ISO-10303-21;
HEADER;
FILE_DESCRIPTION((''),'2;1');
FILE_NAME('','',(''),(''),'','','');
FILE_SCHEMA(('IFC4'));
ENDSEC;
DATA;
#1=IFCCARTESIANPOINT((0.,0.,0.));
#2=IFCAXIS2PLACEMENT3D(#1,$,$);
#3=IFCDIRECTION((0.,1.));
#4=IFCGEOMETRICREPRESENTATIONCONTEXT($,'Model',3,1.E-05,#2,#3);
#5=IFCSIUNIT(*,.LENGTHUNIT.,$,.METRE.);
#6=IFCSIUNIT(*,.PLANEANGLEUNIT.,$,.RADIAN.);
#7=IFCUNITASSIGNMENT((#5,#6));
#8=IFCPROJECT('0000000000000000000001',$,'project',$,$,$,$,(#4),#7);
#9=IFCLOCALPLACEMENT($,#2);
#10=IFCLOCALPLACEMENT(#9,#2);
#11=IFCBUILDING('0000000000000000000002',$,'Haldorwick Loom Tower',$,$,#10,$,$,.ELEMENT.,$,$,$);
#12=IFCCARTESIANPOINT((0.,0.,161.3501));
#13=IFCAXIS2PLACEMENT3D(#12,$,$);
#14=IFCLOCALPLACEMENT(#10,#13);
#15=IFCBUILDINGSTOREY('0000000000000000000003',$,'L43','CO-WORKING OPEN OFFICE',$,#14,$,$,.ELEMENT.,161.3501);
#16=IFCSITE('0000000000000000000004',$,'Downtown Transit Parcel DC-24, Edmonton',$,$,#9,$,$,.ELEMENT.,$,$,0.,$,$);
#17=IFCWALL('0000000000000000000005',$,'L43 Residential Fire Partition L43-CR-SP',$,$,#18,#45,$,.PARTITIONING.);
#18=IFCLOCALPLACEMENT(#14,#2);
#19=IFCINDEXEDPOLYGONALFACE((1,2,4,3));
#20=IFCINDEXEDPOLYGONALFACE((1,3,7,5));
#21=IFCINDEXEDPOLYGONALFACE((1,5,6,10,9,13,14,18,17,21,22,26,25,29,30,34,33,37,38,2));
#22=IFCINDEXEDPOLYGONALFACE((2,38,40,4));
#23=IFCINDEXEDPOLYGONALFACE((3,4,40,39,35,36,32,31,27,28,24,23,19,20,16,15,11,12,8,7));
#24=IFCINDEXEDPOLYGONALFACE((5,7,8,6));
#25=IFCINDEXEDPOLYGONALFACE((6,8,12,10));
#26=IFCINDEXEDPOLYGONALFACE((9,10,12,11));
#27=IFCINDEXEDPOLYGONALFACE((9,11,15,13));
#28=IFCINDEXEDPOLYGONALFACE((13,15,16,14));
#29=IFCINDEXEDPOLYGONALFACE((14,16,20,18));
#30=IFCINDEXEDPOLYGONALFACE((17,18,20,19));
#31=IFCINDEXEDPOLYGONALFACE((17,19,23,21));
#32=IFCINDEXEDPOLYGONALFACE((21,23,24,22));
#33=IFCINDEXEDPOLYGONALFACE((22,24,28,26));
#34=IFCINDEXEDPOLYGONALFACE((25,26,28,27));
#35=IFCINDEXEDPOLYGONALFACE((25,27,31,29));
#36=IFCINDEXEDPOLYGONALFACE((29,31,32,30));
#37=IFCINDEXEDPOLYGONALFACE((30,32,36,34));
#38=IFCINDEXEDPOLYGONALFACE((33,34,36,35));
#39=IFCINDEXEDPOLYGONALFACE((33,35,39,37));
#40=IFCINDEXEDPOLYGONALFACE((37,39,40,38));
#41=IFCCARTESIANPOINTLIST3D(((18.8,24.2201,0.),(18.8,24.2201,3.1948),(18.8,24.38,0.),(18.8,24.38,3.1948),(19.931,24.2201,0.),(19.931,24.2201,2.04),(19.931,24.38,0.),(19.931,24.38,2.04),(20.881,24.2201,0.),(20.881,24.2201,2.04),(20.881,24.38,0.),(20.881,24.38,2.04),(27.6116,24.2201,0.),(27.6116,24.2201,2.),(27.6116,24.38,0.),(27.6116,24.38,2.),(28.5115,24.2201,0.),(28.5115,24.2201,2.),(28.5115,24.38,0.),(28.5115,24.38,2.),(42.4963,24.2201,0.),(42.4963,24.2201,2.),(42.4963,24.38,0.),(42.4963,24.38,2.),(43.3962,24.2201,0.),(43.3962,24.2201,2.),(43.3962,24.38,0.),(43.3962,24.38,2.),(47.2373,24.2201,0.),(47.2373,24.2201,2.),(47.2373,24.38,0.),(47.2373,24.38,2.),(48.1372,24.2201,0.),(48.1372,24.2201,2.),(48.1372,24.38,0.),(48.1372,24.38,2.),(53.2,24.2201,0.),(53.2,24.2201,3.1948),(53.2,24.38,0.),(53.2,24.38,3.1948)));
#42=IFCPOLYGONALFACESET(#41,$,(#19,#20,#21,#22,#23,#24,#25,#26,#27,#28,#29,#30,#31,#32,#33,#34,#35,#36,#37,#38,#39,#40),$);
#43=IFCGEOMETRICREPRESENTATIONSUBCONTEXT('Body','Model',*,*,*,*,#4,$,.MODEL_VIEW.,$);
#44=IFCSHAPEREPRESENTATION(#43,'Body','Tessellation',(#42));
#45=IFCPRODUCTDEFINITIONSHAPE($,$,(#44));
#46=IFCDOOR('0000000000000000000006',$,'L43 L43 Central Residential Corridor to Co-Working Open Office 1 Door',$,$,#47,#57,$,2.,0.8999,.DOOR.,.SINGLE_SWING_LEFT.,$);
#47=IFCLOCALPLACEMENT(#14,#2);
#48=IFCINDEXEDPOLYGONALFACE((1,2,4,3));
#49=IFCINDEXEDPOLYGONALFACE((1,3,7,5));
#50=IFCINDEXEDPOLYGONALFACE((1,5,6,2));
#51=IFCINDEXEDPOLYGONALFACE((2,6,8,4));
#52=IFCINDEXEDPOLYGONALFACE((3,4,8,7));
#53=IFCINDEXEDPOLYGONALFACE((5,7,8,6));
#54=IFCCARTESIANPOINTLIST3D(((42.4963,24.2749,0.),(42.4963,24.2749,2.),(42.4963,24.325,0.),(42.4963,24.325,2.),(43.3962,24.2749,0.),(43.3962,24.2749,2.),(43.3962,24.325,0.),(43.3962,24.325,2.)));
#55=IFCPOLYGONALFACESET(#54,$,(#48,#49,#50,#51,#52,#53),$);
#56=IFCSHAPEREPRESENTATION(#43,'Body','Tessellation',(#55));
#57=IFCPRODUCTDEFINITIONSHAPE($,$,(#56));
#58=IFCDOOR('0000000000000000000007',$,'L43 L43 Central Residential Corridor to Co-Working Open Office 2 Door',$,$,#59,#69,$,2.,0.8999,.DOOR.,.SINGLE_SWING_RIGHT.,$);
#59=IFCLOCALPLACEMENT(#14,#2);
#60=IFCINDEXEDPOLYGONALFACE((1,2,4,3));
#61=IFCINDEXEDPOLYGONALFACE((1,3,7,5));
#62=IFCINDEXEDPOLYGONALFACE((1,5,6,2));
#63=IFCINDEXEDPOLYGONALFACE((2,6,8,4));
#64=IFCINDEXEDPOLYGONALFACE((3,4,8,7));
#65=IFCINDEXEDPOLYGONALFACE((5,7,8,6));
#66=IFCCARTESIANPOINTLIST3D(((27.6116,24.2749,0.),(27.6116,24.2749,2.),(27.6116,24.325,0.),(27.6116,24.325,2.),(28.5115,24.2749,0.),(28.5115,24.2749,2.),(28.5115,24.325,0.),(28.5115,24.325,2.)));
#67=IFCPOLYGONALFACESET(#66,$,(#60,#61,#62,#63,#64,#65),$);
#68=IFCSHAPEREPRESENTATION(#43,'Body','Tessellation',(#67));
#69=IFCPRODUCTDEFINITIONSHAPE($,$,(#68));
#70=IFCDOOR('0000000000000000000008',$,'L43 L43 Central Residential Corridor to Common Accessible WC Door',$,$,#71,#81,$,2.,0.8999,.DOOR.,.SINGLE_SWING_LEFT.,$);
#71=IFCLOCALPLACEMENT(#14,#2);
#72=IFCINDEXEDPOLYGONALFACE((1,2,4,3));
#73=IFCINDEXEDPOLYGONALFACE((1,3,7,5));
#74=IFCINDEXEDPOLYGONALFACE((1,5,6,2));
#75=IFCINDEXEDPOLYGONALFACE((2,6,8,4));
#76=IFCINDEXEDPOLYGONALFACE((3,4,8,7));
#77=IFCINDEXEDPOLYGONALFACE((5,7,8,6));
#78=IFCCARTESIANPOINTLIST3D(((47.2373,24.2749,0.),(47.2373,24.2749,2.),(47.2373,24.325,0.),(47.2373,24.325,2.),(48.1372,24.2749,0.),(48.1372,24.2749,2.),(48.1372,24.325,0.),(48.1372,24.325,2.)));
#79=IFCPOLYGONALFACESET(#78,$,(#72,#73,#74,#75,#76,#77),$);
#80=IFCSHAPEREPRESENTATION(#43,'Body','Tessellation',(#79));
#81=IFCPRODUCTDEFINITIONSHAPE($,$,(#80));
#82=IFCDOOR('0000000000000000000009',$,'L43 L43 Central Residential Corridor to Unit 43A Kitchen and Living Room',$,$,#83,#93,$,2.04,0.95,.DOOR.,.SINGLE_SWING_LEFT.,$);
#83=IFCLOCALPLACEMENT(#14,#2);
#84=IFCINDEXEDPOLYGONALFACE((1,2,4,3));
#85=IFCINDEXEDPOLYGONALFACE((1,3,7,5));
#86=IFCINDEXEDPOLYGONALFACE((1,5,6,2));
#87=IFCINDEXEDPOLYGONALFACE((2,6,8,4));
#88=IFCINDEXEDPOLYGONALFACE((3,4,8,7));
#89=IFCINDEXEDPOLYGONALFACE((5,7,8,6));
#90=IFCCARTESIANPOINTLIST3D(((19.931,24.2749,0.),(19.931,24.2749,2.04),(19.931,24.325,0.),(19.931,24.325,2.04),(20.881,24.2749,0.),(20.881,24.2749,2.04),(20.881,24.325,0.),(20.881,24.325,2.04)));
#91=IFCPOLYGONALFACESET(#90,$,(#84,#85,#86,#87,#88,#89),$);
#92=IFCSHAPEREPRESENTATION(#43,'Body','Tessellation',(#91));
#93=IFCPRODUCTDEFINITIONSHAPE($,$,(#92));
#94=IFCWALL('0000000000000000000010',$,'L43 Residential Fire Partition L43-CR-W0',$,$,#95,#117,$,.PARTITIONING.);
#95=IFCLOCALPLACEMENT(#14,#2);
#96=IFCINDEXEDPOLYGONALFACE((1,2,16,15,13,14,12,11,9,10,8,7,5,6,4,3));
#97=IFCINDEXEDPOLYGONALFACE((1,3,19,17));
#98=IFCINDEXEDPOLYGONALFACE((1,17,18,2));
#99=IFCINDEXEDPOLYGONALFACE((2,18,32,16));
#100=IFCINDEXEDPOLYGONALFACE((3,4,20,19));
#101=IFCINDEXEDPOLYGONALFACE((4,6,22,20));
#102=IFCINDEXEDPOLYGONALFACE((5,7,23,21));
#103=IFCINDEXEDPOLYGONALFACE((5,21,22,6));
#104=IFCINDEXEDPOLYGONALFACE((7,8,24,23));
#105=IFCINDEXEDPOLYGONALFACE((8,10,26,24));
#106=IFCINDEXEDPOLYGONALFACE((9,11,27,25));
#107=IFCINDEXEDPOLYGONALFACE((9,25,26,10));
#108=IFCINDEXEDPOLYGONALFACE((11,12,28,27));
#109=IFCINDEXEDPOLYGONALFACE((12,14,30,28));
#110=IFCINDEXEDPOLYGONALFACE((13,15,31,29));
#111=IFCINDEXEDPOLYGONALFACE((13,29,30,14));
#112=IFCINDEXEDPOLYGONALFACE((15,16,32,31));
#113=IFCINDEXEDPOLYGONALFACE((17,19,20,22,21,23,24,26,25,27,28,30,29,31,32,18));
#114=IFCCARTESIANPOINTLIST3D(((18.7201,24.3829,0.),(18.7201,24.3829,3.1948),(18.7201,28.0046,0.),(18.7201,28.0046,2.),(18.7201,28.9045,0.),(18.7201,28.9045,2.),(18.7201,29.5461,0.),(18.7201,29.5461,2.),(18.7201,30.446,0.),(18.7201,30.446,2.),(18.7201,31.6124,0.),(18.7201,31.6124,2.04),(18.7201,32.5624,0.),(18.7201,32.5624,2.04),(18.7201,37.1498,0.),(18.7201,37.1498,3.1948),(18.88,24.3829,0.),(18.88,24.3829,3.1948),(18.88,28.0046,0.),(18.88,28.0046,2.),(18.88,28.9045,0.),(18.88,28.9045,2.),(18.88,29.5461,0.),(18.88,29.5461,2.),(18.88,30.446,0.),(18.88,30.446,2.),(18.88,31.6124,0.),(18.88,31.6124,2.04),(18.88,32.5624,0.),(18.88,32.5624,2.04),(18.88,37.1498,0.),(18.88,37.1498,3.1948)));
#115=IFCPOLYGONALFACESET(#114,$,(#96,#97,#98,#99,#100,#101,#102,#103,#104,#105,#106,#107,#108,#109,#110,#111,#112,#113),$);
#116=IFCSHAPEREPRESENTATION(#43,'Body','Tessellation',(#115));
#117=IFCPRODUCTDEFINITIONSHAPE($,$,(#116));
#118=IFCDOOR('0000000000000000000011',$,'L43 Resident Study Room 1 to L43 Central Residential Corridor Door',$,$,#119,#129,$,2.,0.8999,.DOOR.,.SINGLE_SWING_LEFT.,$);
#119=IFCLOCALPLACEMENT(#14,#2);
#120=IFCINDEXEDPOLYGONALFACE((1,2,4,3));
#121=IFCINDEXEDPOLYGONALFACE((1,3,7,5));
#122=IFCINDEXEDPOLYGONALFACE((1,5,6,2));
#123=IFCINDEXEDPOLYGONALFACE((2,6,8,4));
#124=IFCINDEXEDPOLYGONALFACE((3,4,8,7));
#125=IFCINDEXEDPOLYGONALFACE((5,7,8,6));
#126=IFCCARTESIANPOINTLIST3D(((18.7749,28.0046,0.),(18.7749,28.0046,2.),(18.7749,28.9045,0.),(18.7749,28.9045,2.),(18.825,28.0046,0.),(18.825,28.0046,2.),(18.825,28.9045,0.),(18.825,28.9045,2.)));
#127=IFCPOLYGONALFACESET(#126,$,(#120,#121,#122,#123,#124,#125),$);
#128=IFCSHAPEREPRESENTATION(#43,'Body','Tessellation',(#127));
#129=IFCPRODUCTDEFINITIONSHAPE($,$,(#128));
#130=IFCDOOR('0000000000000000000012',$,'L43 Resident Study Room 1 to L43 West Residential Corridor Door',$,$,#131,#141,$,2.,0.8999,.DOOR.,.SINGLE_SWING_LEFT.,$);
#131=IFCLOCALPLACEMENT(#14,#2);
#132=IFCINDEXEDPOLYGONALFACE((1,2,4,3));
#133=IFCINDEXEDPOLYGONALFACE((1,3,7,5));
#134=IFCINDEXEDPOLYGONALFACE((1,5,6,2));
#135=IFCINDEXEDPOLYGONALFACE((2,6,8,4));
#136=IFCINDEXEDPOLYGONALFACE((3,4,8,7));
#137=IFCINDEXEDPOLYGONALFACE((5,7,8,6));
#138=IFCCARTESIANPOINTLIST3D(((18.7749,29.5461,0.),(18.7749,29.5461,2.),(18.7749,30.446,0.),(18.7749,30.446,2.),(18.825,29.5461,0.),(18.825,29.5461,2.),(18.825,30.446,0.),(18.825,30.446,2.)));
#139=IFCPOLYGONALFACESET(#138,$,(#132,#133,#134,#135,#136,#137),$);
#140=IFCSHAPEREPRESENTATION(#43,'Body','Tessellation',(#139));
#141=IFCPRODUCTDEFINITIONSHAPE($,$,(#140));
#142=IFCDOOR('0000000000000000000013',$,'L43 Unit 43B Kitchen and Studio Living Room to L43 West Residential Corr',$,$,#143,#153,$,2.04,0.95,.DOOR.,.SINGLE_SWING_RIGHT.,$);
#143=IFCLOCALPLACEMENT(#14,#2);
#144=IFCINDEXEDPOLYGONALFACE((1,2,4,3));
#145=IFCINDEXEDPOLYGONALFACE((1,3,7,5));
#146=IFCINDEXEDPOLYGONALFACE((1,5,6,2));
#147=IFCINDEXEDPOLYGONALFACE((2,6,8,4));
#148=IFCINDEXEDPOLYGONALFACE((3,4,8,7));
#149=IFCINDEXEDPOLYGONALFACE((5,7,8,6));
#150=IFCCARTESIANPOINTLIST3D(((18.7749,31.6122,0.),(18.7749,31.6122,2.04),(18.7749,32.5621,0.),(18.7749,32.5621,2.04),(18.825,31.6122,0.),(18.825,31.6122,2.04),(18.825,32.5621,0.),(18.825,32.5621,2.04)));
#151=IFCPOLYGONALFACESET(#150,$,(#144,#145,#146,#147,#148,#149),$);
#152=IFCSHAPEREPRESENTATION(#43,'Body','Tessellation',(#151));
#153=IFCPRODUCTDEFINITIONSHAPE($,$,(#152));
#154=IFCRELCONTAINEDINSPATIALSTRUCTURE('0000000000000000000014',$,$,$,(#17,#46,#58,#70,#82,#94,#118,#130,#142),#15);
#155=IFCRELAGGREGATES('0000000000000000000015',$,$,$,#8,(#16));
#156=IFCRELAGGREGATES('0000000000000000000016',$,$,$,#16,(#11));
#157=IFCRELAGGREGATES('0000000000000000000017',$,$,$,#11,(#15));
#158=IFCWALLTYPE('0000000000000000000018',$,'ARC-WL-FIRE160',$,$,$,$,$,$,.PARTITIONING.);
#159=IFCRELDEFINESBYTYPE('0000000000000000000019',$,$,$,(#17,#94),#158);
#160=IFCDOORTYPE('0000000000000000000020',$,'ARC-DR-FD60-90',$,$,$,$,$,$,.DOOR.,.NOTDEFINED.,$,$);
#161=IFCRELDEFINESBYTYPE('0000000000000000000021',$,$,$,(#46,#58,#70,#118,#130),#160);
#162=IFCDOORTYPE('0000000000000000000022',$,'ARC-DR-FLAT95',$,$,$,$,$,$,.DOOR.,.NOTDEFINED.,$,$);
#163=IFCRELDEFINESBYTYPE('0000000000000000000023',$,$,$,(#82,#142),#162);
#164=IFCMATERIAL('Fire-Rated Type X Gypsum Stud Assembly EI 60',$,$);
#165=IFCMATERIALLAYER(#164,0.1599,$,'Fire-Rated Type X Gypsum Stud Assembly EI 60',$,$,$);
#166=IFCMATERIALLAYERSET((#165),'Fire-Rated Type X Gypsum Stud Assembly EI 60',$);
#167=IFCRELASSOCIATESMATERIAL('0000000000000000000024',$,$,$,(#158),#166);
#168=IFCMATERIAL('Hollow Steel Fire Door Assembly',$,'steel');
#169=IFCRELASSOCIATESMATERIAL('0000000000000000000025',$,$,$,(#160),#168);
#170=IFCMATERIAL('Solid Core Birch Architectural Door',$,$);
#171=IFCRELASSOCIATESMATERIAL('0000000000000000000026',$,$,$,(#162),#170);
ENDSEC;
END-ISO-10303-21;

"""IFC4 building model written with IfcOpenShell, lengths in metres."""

from ifc_helpers import new_model, si_unit, direction, frame, frame_2d, origin, place, context, subcontext, project, spatial, rectangle, extrude, material, layer, layer_set, type_object, element, fill, save


model = new_model("IFC4")

# Units and contexts
model_context = context("Model", 3, precision=1e-05, world=origin(), true_north=direction((0.0, 1.0)))
body_context = subcontext(model_context, "Body", "Model", "MODEL_VIEW")
ifc_project = project(units=[si_unit("LENGTHUNIT", "METRE"), si_unit("PLANEANGLEUNIT", "RADIAN")], contexts=[model_context])

# Site, building, storey
site_placement = place(None, origin())
site = spatial("IfcSite", under=ifc_project, at=site_placement, Name="Downtown Transit Parcel DC-24, Edmonton", CompositionType="ELEMENT", RefElevation=0.0)
building_placement = place(site_placement, origin())
building = spatial("IfcBuilding", under=site, at=building_placement, Name="Haldorwick Loom Tower", CompositionType="ELEMENT")
storey_placement = place(building_placement, frame((0.0, 0.0, 161.3501)))
storey = spatial("IfcBuildingStorey", under=building, at=storey_placement, Name="L43", Description="CO-WORKING OPEN OFFICE", CompositionType="ELEMENT", Elevation=161.3501)

# Walls, openings, doors
ifc_material_1 = material(Name="Fire-Rated Type X Gypsum Stud Assembly EI 60")
ifc_layer_1 = layer(ifc_material_1, 0.1599, Name="Fire-Rated Type X Gypsum Stud Assembly EI 60")
ifc_layer_set_1 = layer_set([ifc_layer_1], Name="Fire-Rated Type X Gypsum Stud Assembly EI 60")
wall_type_1 = type_object("IfcWallType", Name="ARC-WL-FIRE160", PredefinedType="PARTITIONING", material=ifc_layer_set_1)
wall_1_placement = place(storey_placement, frame((18.8, 24.3, 0.0), z_axis=(0.0, 0.0, 1.0), x_axis=(1.0, 0.0, 0.0)))
wall_1 = element("IfcWall", 1, at=wall_1_placement, inside=storey, type_object=wall_type_1, Name="L43 Residential Fire Partition L43-CR-SP", PredefinedType="PARTITIONING", context=body_context, shape_type="SweptSolid", body=[
    extrude(rectangle(XDim=34.3999, YDim=0.1599, at=frame_2d((17.2, 0.0))), origin(), (0.0, 0.0, 1.0), 3.1948),
])
opening_1_placement = place(wall_1_placement, frame((23.6963, 0.0, 0.0)))
opening_1 = element("IfcOpeningElement", 2, at=opening_1_placement, cuts=wall_1, PredefinedType="OPENING", context=body_context, shape_type="SweptSolid", body=[
    extrude(rectangle(XDim=0.8999, YDim=2.0, at=frame_2d((0.45, 1.0))), frame((0.0, 0.0898, 0.0), z_axis=(0.0, -1.0, 0.0), x_axis=(1.0, 0.0, 0.0)), (0.0, 0.0, 1.0), 0.1799),
])
opening_2_placement = place(wall_1_placement, frame((8.8115, 0.0, 0.0)))
opening_2 = element("IfcOpeningElement", 3, at=opening_2_placement, cuts=wall_1, PredefinedType="OPENING", context=body_context, shape_type="SweptSolid", body=[
    extrude(rectangle(XDim=0.8999, YDim=2.0, at=frame_2d((0.45, 1.0))), frame((0.0, 0.0898, 0.0), z_axis=(0.0, -1.0, 0.0), x_axis=(1.0, 0.0, 0.0)), (0.0, 0.0, 1.0), 0.1799),
])
opening_3_placement = place(wall_1_placement, frame((28.4373, 0.0, 0.0)))
opening_3 = element("IfcOpeningElement", 4, at=opening_3_placement, cuts=wall_1, PredefinedType="OPENING", context=body_context, shape_type="SweptSolid", body=[
    extrude(rectangle(XDim=0.8999, YDim=2.0, at=frame_2d((0.45, 1.0))), frame((0.0, 0.0898, 0.0), z_axis=(0.0, -1.0, 0.0), x_axis=(1.0, 0.0, 0.0)), (0.0, 0.0, 1.0), 0.1799),
])
opening_4_placement = place(wall_1_placement, frame((1.1309, 0.0, 0.0)))
opening_4 = element("IfcOpeningElement", 5, at=opening_4_placement, cuts=wall_1, PredefinedType="OPENING", context=body_context, shape_type="SweptSolid", body=[
    extrude(rectangle(XDim=0.95, YDim=2.04, at=frame_2d((0.4751, 1.02))), frame((0.0, 0.0898, 0.0), z_axis=(0.0, -1.0, 0.0), x_axis=(1.0, 0.0, 0.0)), (0.0, 0.0, 1.0), 0.1799),
])
ifc_material_2 = material(Name="Hollow Steel Fire Door Assembly", Category="steel")
door_type_1 = type_object("IfcDoorType", Name="ARC-DR-FD60-90", OperationType="NOTDEFINED", PredefinedType="DOOR", material=ifc_material_2)
door_1_placement = place(opening_1_placement, origin())
door_1 = element("IfcDoor", 6, at=door_1_placement, inside=storey, type_object=door_type_1, Name="L43 L43 Central Residential Corridor to Co-Working Open Office 1 Door", OperationType="SINGLE_SWING_LEFT", OverallHeight=2.0, OverallWidth=0.8999, PredefinedType="DOOR", context=body_context, shape_type="SweptSolid", body=[
    extrude(rectangle(XDim=0.8999, YDim=2.0, at=frame_2d((0.45, 1.0))), frame((0.0, 0.0249, 0.0), z_axis=(0.0, -1.0, 0.0), x_axis=(1.0, 0.0, 0.0)), (0.0, 0.0, 1.0), 0.05),
])
fill(opening_1, door_1)
door_2_placement = place(opening_2_placement, origin())
door_2 = element("IfcDoor", 7, at=door_2_placement, inside=storey, type_object=door_type_1, Name="L43 L43 Central Residential Corridor to Co-Working Open Office 2 Door", OperationType="SINGLE_SWING_RIGHT", OverallHeight=2.0, OverallWidth=0.8999, PredefinedType="DOOR", context=body_context, shape_type="SweptSolid", body=[
    extrude(rectangle(XDim=0.8999, YDim=2.0, at=frame_2d((0.45, 1.0))), frame((0.0, 0.0249, 0.0), z_axis=(0.0, -1.0, 0.0), x_axis=(1.0, 0.0, 0.0)), (0.0, 0.0, 1.0), 0.05),
])
fill(opening_2, door_2)
door_3_placement = place(opening_3_placement, origin())
door_3 = element("IfcDoor", 8, at=door_3_placement, inside=storey, type_object=door_type_1, Name="L43 L43 Central Residential Corridor to Common Accessible WC Door", OperationType="SINGLE_SWING_LEFT", OverallHeight=2.0, OverallWidth=0.8999, PredefinedType="DOOR", context=body_context, shape_type="SweptSolid", body=[
    extrude(rectangle(XDim=0.8999, YDim=2.0, at=frame_2d((0.45, 1.0))), frame((0.0, 0.0249, 0.0), z_axis=(0.0, -1.0, 0.0), x_axis=(1.0, 0.0, 0.0)), (0.0, 0.0, 1.0), 0.05),
])
fill(opening_3, door_3)
ifc_material_3 = material(Name="Solid Core Birch Architectural Door")
door_type_2 = type_object("IfcDoorType", Name="ARC-DR-FLAT95", OperationType="NOTDEFINED", PredefinedType="DOOR", material=ifc_material_3)
door_4_placement = place(opening_4_placement, origin())
door_4 = element("IfcDoor", 9, at=door_4_placement, inside=storey, type_object=door_type_2, Name="L43 L43 Central Residential Corridor to Unit 43A Kitchen and Living Room", OperationType="SINGLE_SWING_LEFT", OverallHeight=2.04, OverallWidth=0.95, PredefinedType="DOOR", context=body_context, shape_type="SweptSolid", body=[
    extrude(rectangle(XDim=0.95, YDim=2.04, at=frame_2d((0.4751, 1.02))), frame((0.0, 0.0249, 0.0), z_axis=(0.0, -1.0, 0.0), x_axis=(1.0, 0.0, 0.0)), (0.0, 0.0, 1.0), 0.05),
])
fill(opening_4, door_4)
wall_2_placement = place(storey_placement, frame((18.8, 24.3831, 0.0), z_axis=(0.0, 0.0, 1.0), x_axis=(0.0, 1.0, 0.0)))
wall_2 = element("IfcWall", 10, at=wall_2_placement, inside=storey, type_object=wall_type_1, Name="L43 Residential Fire Partition L43-CR-W0", PredefinedType="PARTITIONING", context=body_context, shape_type="SweptSolid", body=[
    extrude(rectangle(XDim=12.7668, YDim=0.1599, at=frame_2d((6.3833, 0.0))), origin(), (0.0, 0.0, 1.0), 3.1948),
])
opening_5_placement = place(wall_2_placement, frame((3.6216, 0.0, 0.0)))
opening_5 = element("IfcOpeningElement", 11, at=opening_5_placement, cuts=wall_2, PredefinedType="OPENING", context=body_context, shape_type="SweptSolid", body=[
    extrude(rectangle(XDim=0.8999, YDim=2.0, at=frame_2d((0.45, 1.0))), frame((0.0, 0.0898, 0.0), z_axis=(0.0, -1.0, 0.0), x_axis=(1.0, 0.0, 0.0)), (0.0, 0.0, 1.0), 0.1799),
])
opening_6_placement = place(wall_2_placement, frame((7.2292, 0.0, 0.0)))
opening_6 = element("IfcOpeningElement", 12, at=opening_6_placement, cuts=wall_2, PredefinedType="OPENING", context=body_context, shape_type="SweptSolid", body=[
    extrude(rectangle(XDim=0.95, YDim=2.04, at=frame_2d((0.4751, 1.02))), frame((0.0, 0.0898, 0.0), z_axis=(0.0, -1.0, 0.0), x_axis=(1.0, 0.0, 0.0)), (0.0, 0.0, 1.0), 0.1799),
])
opening_7_placement = place(wall_2_placement, frame((5.1631, 0.0, 0.0)))
opening_7 = element("IfcOpeningElement", 13, at=opening_7_placement, cuts=wall_2, PredefinedType="OPENING", context=body_context, shape_type="SweptSolid", body=[
    extrude(rectangle(XDim=0.8999, YDim=2.0, at=frame_2d((0.45, 1.0))), frame((0.0, 0.0898, 0.0), z_axis=(0.0, -1.0, 0.0), x_axis=(1.0, 0.0, 0.0)), (0.0, 0.0, 1.0), 0.1799),
])
door_5_placement = place(opening_5_placement, frame((0.8999, 0.0, 0.0), z_axis=(0.0, 0.0, 1.0), x_axis=(-1.0, 0.0, 0.0)))
door_5 = element("IfcDoor", 14, at=door_5_placement, inside=storey, type_object=door_type_1, Name="L43 Resident Study Room 1 to L43 Central Residential Corridor Door", OperationType="SINGLE_SWING_LEFT", OverallHeight=2.0, OverallWidth=0.8999, PredefinedType="DOOR", context=body_context, shape_type="SweptSolid", body=[
    extrude(rectangle(XDim=0.8999, YDim=2.0, at=frame_2d((0.45, 1.0))), frame((0.0, 0.0249, 0.0), z_axis=(0.0, -1.0, 0.0), x_axis=(1.0, 0.0, 0.0)), (0.0, 0.0, 1.0), 0.05),
])
fill(opening_5, door_5)
door_6_placement = place(opening_7_placement, frame((0.8999, 0.0, 0.0), z_axis=(0.0, 0.0, 1.0), x_axis=(-1.0, 0.0, 0.0)))
door_6 = element("IfcDoor", 15, at=door_6_placement, inside=storey, type_object=door_type_1, Name="L43 Resident Study Room 1 to L43 West Residential Corridor Door", OperationType="SINGLE_SWING_LEFT", OverallHeight=2.0, OverallWidth=0.8999, PredefinedType="DOOR", context=body_context, shape_type="SweptSolid", body=[
    extrude(rectangle(XDim=0.8999, YDim=2.0, at=frame_2d((0.45, 1.0))), frame((0.0, 0.0249, 0.0), z_axis=(0.0, -1.0, 0.0), x_axis=(1.0, 0.0, 0.0)), (0.0, 0.0, 1.0), 0.05),
])
fill(opening_7, door_6)
door_7_placement = place(opening_6_placement, frame((0.95, 0.0, 0.0), z_axis=(0.0, 0.0, 1.0), x_axis=(-1.0, 0.0, 0.0)))
door_7 = element("IfcDoor", 16, at=door_7_placement, inside=storey, type_object=door_type_2, Name="L43 Unit 43B Kitchen and Studio Living Room to L43 West Residential Corr", OperationType="SINGLE_SWING_RIGHT", OverallHeight=2.04, OverallWidth=0.95, PredefinedType="DOOR", context=body_context, shape_type="SweptSolid", body=[
    extrude(rectangle(XDim=0.95, YDim=2.04, at=frame_2d((0.4751, 1.02))), frame((0.0, 0.0249, 0.0), z_axis=(0.0, -1.0, 0.0), x_axis=(1.0, 0.0, 0.0)), (0.0, 0.0, 1.0), 0.05),
])
fill(opening_6, door_7)

save(model, "model.ifc")
